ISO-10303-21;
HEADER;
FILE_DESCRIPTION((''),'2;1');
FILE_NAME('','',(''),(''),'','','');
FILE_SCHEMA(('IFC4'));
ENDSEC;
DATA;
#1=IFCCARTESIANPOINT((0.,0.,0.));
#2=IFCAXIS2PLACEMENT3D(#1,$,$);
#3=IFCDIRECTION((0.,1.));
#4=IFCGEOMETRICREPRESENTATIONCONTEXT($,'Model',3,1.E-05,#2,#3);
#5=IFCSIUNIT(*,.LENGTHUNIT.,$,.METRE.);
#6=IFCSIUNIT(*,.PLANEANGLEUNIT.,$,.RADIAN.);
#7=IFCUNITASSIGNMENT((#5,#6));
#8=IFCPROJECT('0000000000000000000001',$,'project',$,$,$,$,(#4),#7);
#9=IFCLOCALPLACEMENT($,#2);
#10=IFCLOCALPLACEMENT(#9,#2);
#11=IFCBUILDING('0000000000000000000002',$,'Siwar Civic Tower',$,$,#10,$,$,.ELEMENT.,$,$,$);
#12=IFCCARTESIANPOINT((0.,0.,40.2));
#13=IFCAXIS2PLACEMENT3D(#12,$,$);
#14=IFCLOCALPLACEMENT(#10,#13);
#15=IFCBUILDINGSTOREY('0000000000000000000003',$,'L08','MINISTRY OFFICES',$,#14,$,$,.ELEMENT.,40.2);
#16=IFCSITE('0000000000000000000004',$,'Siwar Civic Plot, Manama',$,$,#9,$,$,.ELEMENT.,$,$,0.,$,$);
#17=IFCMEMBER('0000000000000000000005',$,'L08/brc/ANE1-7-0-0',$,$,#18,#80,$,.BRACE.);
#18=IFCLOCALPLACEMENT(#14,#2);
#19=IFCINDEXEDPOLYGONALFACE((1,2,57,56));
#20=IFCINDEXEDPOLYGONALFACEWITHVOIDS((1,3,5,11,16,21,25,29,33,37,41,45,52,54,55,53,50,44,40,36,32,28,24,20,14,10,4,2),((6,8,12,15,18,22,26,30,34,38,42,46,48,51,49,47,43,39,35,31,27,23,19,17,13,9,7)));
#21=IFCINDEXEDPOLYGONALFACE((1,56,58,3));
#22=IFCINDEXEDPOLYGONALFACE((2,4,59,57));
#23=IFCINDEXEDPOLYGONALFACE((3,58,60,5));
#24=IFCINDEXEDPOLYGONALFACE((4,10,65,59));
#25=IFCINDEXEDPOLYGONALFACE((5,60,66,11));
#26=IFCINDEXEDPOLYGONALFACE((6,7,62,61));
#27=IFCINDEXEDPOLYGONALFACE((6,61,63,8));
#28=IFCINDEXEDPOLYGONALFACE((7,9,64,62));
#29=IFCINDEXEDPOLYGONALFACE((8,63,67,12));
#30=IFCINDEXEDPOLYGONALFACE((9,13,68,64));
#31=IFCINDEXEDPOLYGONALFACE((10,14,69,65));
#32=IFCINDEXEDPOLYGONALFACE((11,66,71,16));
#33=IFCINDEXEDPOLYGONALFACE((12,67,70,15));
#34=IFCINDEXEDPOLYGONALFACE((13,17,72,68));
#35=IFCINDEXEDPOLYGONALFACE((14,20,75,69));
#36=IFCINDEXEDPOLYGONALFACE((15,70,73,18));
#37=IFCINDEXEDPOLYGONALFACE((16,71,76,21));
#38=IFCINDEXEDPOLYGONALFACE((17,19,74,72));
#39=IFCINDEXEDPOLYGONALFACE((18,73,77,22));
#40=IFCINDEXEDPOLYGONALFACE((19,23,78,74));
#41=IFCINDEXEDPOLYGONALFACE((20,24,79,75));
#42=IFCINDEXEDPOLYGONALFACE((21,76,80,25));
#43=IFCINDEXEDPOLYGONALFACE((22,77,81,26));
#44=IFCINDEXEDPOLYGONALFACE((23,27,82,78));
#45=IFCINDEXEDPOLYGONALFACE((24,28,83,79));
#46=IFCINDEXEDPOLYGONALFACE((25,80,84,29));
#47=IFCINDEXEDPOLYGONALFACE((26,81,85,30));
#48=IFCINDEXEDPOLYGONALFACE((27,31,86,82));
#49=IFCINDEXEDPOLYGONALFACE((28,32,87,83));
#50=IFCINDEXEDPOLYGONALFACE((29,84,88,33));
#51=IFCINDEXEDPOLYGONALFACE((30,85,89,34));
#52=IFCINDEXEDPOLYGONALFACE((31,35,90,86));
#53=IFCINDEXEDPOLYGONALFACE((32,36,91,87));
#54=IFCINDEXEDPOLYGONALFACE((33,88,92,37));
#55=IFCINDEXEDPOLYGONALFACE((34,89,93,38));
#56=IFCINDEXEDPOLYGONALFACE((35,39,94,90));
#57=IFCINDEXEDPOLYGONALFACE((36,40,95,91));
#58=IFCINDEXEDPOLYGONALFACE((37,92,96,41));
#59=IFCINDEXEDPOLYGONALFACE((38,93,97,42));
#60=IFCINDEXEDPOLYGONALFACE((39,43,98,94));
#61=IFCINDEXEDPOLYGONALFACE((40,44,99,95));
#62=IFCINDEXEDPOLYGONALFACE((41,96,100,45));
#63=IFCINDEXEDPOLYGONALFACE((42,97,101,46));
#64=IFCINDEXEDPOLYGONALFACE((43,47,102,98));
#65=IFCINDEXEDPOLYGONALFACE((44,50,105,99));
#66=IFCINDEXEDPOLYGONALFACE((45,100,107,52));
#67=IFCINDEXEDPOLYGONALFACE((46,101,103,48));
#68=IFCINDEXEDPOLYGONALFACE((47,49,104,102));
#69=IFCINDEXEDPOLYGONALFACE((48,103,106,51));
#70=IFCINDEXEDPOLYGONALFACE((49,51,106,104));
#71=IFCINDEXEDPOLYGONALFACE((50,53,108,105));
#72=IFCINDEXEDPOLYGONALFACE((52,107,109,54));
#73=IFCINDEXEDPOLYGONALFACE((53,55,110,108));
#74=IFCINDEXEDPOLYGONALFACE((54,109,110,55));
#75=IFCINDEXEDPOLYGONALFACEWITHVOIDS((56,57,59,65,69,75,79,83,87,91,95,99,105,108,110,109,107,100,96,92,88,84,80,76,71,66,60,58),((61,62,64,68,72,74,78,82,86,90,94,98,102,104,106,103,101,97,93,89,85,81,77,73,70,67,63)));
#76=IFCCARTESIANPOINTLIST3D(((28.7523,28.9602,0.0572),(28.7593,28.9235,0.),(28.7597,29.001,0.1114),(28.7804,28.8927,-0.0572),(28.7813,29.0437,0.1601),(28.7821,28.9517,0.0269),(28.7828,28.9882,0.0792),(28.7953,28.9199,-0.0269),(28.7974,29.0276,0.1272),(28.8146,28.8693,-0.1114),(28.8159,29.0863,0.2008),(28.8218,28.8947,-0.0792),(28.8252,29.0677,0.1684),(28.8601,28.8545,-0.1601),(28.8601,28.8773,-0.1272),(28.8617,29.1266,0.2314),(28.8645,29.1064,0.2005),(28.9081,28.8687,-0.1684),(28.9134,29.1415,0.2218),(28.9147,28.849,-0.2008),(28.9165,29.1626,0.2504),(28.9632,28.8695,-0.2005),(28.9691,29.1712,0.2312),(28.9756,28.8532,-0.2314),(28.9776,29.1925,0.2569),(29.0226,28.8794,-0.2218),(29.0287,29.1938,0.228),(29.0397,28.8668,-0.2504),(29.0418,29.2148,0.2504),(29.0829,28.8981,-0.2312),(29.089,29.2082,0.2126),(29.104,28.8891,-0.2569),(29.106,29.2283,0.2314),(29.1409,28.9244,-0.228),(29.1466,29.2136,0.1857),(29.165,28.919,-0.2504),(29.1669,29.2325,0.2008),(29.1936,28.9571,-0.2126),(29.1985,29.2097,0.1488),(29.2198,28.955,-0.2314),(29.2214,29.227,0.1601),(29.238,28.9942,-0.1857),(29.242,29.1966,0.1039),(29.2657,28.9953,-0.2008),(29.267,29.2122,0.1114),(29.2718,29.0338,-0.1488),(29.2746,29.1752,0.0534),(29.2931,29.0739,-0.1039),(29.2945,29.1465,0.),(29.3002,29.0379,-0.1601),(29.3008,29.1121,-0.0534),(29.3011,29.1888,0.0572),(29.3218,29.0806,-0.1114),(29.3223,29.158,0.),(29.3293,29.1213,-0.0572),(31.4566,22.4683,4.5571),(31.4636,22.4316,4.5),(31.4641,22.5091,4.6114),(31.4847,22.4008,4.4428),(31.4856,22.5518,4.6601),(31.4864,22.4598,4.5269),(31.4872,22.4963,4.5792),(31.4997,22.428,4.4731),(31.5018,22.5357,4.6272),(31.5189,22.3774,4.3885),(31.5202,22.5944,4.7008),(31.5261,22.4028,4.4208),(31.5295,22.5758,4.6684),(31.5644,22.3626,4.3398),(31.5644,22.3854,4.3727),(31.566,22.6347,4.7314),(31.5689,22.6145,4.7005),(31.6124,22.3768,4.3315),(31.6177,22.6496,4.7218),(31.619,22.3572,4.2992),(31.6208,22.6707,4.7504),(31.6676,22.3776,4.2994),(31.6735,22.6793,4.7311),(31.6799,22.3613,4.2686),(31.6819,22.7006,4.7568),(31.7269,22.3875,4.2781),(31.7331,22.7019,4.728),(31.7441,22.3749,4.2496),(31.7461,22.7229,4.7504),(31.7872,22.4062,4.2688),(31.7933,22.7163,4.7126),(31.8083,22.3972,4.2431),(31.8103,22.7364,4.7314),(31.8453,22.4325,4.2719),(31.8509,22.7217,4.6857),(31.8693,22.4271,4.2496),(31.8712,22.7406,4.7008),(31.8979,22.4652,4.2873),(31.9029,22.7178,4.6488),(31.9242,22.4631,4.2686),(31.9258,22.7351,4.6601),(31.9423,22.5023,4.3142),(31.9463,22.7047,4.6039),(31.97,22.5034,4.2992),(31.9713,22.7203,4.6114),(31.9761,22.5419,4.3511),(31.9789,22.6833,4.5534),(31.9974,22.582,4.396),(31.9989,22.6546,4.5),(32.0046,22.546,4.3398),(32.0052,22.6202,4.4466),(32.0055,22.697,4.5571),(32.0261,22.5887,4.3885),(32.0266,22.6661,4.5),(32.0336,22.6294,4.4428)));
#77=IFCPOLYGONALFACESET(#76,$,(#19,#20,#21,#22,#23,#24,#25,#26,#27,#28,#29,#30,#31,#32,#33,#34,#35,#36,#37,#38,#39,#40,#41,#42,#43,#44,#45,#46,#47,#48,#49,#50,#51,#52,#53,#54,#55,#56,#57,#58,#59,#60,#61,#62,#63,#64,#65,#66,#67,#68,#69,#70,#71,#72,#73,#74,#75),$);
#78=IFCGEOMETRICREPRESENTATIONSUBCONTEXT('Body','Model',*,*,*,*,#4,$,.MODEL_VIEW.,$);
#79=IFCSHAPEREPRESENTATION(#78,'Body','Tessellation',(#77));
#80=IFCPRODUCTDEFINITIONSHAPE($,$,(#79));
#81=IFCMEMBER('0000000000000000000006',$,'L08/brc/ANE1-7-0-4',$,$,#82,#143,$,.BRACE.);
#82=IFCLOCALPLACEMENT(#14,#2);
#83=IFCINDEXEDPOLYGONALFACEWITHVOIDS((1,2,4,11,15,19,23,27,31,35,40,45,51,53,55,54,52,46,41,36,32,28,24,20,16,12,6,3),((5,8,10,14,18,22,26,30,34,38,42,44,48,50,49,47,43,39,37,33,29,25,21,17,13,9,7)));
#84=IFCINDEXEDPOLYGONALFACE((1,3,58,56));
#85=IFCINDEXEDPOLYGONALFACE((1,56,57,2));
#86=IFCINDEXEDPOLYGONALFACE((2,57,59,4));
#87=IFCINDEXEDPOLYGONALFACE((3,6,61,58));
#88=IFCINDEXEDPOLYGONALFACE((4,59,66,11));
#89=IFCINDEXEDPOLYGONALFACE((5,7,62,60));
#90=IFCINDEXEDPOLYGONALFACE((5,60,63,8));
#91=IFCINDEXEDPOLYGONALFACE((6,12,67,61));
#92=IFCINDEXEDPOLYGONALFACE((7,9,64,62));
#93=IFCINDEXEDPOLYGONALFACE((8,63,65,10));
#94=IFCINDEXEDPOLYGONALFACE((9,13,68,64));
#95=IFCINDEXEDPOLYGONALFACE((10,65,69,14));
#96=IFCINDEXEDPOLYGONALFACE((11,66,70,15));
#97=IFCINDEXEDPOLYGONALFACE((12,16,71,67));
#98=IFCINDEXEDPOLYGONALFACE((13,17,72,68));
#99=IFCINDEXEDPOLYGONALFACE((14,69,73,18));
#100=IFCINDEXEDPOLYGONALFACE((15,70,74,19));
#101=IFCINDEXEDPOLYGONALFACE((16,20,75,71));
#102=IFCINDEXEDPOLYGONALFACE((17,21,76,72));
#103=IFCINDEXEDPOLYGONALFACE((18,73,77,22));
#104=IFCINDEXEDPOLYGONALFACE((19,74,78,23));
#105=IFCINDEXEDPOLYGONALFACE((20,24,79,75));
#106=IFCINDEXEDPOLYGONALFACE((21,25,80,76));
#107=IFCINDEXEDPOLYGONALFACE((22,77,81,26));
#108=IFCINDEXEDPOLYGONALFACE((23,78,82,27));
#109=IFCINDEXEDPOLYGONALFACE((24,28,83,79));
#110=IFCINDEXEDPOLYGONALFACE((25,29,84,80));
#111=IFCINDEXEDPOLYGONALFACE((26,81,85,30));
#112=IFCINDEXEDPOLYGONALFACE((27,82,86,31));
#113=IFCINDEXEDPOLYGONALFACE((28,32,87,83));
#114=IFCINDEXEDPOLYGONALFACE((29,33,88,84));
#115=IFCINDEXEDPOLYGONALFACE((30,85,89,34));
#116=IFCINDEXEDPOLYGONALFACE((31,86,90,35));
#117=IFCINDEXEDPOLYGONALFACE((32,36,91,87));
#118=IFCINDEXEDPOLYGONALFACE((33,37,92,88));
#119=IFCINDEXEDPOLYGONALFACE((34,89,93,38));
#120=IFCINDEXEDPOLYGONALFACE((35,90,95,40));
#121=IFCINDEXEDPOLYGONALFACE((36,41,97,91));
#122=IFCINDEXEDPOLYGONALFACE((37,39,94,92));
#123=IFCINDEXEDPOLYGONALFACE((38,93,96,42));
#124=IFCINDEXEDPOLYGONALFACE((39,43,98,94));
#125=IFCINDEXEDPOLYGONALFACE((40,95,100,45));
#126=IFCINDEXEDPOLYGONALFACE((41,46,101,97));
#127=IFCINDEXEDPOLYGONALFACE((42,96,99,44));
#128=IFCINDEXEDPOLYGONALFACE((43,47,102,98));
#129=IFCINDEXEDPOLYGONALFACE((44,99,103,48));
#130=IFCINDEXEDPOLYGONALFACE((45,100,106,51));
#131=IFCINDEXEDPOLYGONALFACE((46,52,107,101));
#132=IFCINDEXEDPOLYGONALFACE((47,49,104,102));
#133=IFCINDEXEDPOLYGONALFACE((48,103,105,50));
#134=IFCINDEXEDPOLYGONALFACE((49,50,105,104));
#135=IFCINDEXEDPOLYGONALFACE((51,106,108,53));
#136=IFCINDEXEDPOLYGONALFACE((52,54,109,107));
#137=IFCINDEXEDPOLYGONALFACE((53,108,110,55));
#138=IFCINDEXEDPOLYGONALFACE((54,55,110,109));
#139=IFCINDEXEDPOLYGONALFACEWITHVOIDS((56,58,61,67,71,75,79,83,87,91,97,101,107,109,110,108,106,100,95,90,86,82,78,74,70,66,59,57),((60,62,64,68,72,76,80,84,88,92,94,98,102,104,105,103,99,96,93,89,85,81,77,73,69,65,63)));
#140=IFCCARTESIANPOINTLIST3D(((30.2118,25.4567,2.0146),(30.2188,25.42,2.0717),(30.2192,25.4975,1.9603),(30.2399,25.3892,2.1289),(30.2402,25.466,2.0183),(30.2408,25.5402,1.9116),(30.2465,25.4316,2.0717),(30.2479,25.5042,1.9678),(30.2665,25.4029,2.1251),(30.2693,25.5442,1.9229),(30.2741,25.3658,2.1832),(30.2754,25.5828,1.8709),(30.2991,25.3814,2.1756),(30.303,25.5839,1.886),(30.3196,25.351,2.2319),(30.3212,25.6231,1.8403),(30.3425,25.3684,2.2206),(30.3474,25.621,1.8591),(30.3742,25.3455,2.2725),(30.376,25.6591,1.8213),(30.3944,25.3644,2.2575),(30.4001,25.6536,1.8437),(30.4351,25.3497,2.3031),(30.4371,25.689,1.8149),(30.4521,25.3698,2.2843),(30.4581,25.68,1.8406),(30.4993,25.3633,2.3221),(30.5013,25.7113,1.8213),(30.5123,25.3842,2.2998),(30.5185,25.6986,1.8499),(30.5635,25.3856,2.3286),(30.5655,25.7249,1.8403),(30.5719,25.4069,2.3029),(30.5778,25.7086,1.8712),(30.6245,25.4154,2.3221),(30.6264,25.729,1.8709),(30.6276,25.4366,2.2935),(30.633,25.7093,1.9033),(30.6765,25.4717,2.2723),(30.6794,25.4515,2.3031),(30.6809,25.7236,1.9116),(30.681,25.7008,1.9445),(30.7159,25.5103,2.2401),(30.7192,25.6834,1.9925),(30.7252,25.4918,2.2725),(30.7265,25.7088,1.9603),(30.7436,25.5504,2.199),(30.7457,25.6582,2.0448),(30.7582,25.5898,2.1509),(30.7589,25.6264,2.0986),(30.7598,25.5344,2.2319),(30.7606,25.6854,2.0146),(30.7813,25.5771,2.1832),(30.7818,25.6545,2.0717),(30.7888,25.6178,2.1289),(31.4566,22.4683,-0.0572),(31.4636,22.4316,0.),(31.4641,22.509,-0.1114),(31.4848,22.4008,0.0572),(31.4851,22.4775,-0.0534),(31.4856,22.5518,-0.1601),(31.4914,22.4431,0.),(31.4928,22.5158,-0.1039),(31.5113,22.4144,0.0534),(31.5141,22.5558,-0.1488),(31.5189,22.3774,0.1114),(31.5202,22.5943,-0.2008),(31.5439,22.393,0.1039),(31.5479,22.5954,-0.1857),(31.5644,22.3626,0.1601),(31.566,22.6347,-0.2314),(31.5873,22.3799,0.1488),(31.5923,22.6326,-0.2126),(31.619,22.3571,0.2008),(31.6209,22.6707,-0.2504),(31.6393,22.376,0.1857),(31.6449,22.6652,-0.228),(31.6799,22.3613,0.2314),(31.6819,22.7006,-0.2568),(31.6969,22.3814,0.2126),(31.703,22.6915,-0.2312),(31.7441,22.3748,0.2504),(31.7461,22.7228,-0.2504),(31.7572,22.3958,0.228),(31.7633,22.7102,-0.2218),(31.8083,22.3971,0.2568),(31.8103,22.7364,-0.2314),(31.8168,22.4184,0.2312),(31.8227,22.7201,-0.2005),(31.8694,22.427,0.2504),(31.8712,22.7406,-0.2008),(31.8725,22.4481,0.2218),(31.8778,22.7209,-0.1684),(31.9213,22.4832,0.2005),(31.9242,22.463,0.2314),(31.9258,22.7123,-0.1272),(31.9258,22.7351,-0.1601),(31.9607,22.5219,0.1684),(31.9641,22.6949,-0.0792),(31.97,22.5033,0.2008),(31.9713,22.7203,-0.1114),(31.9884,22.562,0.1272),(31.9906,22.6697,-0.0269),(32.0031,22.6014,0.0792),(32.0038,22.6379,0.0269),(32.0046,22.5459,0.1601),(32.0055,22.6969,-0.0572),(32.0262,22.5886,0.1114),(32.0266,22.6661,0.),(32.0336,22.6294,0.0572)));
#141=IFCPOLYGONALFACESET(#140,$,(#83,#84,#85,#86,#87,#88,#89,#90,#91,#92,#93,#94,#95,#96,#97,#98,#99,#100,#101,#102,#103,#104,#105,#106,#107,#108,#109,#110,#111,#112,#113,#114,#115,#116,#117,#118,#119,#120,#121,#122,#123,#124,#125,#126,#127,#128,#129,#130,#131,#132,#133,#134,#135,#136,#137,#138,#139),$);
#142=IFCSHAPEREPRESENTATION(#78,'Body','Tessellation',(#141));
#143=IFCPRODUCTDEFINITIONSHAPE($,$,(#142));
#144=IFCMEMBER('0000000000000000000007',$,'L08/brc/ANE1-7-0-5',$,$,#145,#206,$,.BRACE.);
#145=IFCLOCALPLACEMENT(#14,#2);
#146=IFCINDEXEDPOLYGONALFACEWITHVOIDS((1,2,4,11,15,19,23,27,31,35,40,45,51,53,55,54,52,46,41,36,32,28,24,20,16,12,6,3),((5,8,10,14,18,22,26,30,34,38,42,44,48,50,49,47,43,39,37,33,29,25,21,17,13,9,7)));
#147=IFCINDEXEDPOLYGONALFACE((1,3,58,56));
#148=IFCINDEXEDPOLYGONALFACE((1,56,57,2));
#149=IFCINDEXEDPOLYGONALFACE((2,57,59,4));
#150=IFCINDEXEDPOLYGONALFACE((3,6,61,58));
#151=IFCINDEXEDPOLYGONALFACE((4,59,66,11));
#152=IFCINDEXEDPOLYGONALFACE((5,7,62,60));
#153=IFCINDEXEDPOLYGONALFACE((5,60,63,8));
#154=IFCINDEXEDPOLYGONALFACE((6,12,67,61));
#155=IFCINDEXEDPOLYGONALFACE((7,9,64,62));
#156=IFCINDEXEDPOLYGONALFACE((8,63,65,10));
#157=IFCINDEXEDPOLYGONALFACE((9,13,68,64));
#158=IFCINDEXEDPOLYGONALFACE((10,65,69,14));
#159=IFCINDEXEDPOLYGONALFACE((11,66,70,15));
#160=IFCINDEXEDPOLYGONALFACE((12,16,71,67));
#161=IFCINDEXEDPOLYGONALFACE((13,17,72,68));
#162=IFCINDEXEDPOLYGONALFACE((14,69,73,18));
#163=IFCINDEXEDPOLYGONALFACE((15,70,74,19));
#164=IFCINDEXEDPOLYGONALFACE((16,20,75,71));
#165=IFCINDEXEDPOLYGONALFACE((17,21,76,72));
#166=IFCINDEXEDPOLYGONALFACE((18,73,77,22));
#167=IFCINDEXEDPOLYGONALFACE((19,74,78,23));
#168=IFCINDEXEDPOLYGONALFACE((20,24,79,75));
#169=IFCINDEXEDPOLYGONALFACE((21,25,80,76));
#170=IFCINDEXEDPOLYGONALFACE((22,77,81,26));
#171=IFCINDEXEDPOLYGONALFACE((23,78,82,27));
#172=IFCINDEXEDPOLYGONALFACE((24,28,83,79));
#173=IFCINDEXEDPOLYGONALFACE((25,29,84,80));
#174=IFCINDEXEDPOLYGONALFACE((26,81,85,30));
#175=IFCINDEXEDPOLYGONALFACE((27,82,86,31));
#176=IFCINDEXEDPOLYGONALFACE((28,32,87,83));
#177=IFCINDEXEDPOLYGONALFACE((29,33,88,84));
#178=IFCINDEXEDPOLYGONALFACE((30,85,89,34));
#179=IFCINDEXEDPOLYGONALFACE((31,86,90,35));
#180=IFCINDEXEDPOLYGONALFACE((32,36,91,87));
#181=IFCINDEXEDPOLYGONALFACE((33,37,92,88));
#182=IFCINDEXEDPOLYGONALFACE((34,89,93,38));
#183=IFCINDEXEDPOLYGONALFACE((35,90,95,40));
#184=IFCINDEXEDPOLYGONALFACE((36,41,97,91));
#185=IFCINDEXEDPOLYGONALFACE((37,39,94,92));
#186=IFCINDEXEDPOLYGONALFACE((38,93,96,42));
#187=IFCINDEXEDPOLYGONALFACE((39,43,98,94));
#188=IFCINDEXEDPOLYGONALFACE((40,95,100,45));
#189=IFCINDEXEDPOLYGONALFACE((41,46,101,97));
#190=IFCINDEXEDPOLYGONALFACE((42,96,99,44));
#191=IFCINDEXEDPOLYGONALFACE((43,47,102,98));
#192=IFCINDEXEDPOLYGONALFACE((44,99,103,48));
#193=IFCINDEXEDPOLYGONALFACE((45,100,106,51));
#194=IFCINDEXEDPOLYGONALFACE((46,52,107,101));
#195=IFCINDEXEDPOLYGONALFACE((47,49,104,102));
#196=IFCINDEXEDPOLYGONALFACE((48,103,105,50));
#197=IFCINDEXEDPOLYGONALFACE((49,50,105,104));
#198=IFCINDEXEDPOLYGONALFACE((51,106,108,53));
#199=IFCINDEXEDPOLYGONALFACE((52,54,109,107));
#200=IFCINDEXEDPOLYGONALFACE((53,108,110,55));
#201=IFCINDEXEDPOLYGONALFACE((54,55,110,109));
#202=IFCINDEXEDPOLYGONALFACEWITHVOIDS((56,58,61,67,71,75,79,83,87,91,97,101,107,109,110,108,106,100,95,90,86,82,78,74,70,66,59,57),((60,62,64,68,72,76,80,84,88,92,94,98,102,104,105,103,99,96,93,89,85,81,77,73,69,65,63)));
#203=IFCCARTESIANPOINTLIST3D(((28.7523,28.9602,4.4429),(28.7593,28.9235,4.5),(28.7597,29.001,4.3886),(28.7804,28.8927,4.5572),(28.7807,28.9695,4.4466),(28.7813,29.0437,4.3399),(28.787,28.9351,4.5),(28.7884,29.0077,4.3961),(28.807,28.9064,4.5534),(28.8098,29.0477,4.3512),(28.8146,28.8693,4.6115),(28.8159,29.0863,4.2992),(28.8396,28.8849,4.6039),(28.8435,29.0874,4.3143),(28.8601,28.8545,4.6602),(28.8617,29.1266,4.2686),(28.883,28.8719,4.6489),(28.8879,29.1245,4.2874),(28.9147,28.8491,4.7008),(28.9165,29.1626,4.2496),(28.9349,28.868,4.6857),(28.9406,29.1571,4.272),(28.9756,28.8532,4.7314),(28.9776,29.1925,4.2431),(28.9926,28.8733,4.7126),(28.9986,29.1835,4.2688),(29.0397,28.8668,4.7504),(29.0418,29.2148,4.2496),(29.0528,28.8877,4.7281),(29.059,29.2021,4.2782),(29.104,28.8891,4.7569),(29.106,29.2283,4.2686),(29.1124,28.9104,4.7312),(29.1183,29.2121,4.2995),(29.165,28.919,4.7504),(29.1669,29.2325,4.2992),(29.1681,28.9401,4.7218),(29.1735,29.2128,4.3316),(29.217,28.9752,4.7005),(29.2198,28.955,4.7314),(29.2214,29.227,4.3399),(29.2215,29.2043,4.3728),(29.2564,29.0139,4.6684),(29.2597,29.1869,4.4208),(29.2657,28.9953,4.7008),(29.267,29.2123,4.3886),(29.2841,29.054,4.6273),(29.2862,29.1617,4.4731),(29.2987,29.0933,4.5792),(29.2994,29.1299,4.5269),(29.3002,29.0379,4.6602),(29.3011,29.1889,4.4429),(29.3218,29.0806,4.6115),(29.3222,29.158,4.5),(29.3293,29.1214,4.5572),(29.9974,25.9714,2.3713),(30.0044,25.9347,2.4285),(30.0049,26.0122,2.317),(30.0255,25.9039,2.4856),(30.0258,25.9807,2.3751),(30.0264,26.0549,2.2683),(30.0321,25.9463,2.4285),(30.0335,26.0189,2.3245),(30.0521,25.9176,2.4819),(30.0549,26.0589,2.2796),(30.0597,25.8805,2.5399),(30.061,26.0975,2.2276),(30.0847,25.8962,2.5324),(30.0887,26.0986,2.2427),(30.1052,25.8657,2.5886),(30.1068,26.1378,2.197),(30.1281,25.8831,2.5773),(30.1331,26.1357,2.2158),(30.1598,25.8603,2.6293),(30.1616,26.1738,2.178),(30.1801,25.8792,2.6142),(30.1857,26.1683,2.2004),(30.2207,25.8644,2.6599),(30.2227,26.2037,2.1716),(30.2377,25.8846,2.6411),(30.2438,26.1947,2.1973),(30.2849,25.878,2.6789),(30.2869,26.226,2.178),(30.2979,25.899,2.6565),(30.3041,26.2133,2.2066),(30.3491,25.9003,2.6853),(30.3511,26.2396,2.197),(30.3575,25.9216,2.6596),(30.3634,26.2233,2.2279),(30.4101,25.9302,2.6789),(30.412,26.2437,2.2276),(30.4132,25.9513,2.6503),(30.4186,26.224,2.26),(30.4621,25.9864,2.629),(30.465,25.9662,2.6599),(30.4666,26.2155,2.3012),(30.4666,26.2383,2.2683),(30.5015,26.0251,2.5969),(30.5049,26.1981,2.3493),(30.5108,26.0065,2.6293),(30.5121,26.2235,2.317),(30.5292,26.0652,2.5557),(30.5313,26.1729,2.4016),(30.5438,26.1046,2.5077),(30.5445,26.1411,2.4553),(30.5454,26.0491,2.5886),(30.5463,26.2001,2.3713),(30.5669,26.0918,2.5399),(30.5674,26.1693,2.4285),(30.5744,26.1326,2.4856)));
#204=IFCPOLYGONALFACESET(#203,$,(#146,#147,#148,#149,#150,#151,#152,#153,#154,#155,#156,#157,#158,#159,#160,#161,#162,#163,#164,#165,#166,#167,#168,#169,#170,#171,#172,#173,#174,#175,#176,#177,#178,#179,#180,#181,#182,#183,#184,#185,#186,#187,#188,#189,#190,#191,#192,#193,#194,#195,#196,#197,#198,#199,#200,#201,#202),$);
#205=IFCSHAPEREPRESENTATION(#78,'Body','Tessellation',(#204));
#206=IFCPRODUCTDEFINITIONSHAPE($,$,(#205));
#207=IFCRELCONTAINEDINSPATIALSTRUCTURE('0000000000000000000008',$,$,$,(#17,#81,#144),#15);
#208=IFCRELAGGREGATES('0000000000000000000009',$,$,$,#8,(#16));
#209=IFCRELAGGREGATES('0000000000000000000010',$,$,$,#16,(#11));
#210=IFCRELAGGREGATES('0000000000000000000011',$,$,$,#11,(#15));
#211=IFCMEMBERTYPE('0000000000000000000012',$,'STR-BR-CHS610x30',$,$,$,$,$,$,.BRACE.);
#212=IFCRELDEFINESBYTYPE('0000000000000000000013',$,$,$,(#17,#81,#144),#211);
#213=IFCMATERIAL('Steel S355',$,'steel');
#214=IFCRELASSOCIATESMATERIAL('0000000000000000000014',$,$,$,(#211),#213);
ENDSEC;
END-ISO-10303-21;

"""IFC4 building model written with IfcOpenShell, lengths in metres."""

from ifc_helpers import new_model, si_unit, direction, frame, origin, origin_2d, place, context, subcontext, project, spatial, hollow_circle, extrude, material, material_profile, profile_set, type_object, element, save


model = new_model("IFC4")

# Units and contexts
model_context = context("Model", 3, precision=1e-05, world=origin(), true_north=direction((0.0, 1.0)))
body_context = subcontext(model_context, "Body", "Model", "MODEL_VIEW")
ifc_project = project(units=[si_unit("LENGTHUNIT", "METRE"), si_unit("PLANEANGLEUNIT", "RADIAN")], contexts=[model_context])

# Site, building, storey
site_placement = place(None, origin())
site = spatial("IfcSite", under=ifc_project, at=site_placement, Name="Siwar Civic Plot, Manama", CompositionType="ELEMENT", RefElevation=0.0)
building_placement = place(site_placement, origin())
building = spatial("IfcBuilding", under=site, at=building_placement, Name="Siwar Civic Tower", CompositionType="ELEMENT")
storey_placement = place(building_placement, frame((0.0, 0.0, 40.2)))
storey = spatial("IfcBuildingStorey", under=building, at=storey_placement, Name="L08", Description="MINISTRY OFFICES", CompositionType="ELEMENT", Elevation=40.2)

# Members
ifc_material_1 = material(Name="Steel S355", Category="steel")
ifc_material_profile_1 = material_profile(ifc_material_1, hollow_circle(Radius=0.3049, WallThickness=0.03, at=origin_2d()), Name="CHS610x30")
ifc_profile_set_1 = profile_set([ifc_material_profile_1], Name="Steel S355")
member_type_1 = type_object("IfcMemberType", Name="STR-BR-CHS610x30", PredefinedType="BRACE", material=ifc_profile_set_1)
member_1_placement = place(storey_placement, frame((29.0408, 29.0408, 0.0), z_axis=(0.323906, -0.777555, 0.538975), x_axis=(0.923109, 0.384539, 0.0)))
element("IfcMember", 1, at=member_1_placement, inside=storey, type_object=member_type_1, Name="L08/brc/ANE1-7-0-0", PredefinedType="BRACE", context=body_context, shape_type="SweptSolid", body=[
    extrude(hollow_circle(Radius=0.3049, WallThickness=0.03, at=origin_2d()), origin(), (0.0, 0.0, 1.0), 8.3491),
])
member_2_placement = place(storey_placement, frame((31.7451, 22.5488, 0.0), z_axis=(-0.323882, 0.777533, 0.53902), x_axis=(-0.923115, -0.384524, 0.0)))
element("IfcMember", 2, at=member_2_placement, inside=storey, type_object=member_type_1, Name="L08/brc/ANE1-7-0-4", PredefinedType="BRACE", context=body_context, shape_type="SweptSolid", body=[
    extrude(hollow_circle(Radius=0.3049, WallThickness=0.03, at=origin_2d()), origin(), (0.0, 0.0, 1.0), 3.8435),
])
member_3_placement = place(storey_placement, frame((30.2859, 26.052, 2.4285), z_axis=(-0.323934, 0.777569, 0.538937), x_axis=(-0.923099, -0.384562, 0.0)))
element("IfcMember", 3, at=member_3_placement, inside=storey, type_object=member_type_1, Name="L08/brc/ANE1-7-0-5", PredefinedType="BRACE", context=body_context, shape_type="SweptSolid", body=[
    extrude(hollow_circle(Radius=0.3049, WallThickness=0.03, at=origin_2d()), origin(), (0.0, 0.0, 1.0), 3.8438),
])

save(model, "model.ifc")
